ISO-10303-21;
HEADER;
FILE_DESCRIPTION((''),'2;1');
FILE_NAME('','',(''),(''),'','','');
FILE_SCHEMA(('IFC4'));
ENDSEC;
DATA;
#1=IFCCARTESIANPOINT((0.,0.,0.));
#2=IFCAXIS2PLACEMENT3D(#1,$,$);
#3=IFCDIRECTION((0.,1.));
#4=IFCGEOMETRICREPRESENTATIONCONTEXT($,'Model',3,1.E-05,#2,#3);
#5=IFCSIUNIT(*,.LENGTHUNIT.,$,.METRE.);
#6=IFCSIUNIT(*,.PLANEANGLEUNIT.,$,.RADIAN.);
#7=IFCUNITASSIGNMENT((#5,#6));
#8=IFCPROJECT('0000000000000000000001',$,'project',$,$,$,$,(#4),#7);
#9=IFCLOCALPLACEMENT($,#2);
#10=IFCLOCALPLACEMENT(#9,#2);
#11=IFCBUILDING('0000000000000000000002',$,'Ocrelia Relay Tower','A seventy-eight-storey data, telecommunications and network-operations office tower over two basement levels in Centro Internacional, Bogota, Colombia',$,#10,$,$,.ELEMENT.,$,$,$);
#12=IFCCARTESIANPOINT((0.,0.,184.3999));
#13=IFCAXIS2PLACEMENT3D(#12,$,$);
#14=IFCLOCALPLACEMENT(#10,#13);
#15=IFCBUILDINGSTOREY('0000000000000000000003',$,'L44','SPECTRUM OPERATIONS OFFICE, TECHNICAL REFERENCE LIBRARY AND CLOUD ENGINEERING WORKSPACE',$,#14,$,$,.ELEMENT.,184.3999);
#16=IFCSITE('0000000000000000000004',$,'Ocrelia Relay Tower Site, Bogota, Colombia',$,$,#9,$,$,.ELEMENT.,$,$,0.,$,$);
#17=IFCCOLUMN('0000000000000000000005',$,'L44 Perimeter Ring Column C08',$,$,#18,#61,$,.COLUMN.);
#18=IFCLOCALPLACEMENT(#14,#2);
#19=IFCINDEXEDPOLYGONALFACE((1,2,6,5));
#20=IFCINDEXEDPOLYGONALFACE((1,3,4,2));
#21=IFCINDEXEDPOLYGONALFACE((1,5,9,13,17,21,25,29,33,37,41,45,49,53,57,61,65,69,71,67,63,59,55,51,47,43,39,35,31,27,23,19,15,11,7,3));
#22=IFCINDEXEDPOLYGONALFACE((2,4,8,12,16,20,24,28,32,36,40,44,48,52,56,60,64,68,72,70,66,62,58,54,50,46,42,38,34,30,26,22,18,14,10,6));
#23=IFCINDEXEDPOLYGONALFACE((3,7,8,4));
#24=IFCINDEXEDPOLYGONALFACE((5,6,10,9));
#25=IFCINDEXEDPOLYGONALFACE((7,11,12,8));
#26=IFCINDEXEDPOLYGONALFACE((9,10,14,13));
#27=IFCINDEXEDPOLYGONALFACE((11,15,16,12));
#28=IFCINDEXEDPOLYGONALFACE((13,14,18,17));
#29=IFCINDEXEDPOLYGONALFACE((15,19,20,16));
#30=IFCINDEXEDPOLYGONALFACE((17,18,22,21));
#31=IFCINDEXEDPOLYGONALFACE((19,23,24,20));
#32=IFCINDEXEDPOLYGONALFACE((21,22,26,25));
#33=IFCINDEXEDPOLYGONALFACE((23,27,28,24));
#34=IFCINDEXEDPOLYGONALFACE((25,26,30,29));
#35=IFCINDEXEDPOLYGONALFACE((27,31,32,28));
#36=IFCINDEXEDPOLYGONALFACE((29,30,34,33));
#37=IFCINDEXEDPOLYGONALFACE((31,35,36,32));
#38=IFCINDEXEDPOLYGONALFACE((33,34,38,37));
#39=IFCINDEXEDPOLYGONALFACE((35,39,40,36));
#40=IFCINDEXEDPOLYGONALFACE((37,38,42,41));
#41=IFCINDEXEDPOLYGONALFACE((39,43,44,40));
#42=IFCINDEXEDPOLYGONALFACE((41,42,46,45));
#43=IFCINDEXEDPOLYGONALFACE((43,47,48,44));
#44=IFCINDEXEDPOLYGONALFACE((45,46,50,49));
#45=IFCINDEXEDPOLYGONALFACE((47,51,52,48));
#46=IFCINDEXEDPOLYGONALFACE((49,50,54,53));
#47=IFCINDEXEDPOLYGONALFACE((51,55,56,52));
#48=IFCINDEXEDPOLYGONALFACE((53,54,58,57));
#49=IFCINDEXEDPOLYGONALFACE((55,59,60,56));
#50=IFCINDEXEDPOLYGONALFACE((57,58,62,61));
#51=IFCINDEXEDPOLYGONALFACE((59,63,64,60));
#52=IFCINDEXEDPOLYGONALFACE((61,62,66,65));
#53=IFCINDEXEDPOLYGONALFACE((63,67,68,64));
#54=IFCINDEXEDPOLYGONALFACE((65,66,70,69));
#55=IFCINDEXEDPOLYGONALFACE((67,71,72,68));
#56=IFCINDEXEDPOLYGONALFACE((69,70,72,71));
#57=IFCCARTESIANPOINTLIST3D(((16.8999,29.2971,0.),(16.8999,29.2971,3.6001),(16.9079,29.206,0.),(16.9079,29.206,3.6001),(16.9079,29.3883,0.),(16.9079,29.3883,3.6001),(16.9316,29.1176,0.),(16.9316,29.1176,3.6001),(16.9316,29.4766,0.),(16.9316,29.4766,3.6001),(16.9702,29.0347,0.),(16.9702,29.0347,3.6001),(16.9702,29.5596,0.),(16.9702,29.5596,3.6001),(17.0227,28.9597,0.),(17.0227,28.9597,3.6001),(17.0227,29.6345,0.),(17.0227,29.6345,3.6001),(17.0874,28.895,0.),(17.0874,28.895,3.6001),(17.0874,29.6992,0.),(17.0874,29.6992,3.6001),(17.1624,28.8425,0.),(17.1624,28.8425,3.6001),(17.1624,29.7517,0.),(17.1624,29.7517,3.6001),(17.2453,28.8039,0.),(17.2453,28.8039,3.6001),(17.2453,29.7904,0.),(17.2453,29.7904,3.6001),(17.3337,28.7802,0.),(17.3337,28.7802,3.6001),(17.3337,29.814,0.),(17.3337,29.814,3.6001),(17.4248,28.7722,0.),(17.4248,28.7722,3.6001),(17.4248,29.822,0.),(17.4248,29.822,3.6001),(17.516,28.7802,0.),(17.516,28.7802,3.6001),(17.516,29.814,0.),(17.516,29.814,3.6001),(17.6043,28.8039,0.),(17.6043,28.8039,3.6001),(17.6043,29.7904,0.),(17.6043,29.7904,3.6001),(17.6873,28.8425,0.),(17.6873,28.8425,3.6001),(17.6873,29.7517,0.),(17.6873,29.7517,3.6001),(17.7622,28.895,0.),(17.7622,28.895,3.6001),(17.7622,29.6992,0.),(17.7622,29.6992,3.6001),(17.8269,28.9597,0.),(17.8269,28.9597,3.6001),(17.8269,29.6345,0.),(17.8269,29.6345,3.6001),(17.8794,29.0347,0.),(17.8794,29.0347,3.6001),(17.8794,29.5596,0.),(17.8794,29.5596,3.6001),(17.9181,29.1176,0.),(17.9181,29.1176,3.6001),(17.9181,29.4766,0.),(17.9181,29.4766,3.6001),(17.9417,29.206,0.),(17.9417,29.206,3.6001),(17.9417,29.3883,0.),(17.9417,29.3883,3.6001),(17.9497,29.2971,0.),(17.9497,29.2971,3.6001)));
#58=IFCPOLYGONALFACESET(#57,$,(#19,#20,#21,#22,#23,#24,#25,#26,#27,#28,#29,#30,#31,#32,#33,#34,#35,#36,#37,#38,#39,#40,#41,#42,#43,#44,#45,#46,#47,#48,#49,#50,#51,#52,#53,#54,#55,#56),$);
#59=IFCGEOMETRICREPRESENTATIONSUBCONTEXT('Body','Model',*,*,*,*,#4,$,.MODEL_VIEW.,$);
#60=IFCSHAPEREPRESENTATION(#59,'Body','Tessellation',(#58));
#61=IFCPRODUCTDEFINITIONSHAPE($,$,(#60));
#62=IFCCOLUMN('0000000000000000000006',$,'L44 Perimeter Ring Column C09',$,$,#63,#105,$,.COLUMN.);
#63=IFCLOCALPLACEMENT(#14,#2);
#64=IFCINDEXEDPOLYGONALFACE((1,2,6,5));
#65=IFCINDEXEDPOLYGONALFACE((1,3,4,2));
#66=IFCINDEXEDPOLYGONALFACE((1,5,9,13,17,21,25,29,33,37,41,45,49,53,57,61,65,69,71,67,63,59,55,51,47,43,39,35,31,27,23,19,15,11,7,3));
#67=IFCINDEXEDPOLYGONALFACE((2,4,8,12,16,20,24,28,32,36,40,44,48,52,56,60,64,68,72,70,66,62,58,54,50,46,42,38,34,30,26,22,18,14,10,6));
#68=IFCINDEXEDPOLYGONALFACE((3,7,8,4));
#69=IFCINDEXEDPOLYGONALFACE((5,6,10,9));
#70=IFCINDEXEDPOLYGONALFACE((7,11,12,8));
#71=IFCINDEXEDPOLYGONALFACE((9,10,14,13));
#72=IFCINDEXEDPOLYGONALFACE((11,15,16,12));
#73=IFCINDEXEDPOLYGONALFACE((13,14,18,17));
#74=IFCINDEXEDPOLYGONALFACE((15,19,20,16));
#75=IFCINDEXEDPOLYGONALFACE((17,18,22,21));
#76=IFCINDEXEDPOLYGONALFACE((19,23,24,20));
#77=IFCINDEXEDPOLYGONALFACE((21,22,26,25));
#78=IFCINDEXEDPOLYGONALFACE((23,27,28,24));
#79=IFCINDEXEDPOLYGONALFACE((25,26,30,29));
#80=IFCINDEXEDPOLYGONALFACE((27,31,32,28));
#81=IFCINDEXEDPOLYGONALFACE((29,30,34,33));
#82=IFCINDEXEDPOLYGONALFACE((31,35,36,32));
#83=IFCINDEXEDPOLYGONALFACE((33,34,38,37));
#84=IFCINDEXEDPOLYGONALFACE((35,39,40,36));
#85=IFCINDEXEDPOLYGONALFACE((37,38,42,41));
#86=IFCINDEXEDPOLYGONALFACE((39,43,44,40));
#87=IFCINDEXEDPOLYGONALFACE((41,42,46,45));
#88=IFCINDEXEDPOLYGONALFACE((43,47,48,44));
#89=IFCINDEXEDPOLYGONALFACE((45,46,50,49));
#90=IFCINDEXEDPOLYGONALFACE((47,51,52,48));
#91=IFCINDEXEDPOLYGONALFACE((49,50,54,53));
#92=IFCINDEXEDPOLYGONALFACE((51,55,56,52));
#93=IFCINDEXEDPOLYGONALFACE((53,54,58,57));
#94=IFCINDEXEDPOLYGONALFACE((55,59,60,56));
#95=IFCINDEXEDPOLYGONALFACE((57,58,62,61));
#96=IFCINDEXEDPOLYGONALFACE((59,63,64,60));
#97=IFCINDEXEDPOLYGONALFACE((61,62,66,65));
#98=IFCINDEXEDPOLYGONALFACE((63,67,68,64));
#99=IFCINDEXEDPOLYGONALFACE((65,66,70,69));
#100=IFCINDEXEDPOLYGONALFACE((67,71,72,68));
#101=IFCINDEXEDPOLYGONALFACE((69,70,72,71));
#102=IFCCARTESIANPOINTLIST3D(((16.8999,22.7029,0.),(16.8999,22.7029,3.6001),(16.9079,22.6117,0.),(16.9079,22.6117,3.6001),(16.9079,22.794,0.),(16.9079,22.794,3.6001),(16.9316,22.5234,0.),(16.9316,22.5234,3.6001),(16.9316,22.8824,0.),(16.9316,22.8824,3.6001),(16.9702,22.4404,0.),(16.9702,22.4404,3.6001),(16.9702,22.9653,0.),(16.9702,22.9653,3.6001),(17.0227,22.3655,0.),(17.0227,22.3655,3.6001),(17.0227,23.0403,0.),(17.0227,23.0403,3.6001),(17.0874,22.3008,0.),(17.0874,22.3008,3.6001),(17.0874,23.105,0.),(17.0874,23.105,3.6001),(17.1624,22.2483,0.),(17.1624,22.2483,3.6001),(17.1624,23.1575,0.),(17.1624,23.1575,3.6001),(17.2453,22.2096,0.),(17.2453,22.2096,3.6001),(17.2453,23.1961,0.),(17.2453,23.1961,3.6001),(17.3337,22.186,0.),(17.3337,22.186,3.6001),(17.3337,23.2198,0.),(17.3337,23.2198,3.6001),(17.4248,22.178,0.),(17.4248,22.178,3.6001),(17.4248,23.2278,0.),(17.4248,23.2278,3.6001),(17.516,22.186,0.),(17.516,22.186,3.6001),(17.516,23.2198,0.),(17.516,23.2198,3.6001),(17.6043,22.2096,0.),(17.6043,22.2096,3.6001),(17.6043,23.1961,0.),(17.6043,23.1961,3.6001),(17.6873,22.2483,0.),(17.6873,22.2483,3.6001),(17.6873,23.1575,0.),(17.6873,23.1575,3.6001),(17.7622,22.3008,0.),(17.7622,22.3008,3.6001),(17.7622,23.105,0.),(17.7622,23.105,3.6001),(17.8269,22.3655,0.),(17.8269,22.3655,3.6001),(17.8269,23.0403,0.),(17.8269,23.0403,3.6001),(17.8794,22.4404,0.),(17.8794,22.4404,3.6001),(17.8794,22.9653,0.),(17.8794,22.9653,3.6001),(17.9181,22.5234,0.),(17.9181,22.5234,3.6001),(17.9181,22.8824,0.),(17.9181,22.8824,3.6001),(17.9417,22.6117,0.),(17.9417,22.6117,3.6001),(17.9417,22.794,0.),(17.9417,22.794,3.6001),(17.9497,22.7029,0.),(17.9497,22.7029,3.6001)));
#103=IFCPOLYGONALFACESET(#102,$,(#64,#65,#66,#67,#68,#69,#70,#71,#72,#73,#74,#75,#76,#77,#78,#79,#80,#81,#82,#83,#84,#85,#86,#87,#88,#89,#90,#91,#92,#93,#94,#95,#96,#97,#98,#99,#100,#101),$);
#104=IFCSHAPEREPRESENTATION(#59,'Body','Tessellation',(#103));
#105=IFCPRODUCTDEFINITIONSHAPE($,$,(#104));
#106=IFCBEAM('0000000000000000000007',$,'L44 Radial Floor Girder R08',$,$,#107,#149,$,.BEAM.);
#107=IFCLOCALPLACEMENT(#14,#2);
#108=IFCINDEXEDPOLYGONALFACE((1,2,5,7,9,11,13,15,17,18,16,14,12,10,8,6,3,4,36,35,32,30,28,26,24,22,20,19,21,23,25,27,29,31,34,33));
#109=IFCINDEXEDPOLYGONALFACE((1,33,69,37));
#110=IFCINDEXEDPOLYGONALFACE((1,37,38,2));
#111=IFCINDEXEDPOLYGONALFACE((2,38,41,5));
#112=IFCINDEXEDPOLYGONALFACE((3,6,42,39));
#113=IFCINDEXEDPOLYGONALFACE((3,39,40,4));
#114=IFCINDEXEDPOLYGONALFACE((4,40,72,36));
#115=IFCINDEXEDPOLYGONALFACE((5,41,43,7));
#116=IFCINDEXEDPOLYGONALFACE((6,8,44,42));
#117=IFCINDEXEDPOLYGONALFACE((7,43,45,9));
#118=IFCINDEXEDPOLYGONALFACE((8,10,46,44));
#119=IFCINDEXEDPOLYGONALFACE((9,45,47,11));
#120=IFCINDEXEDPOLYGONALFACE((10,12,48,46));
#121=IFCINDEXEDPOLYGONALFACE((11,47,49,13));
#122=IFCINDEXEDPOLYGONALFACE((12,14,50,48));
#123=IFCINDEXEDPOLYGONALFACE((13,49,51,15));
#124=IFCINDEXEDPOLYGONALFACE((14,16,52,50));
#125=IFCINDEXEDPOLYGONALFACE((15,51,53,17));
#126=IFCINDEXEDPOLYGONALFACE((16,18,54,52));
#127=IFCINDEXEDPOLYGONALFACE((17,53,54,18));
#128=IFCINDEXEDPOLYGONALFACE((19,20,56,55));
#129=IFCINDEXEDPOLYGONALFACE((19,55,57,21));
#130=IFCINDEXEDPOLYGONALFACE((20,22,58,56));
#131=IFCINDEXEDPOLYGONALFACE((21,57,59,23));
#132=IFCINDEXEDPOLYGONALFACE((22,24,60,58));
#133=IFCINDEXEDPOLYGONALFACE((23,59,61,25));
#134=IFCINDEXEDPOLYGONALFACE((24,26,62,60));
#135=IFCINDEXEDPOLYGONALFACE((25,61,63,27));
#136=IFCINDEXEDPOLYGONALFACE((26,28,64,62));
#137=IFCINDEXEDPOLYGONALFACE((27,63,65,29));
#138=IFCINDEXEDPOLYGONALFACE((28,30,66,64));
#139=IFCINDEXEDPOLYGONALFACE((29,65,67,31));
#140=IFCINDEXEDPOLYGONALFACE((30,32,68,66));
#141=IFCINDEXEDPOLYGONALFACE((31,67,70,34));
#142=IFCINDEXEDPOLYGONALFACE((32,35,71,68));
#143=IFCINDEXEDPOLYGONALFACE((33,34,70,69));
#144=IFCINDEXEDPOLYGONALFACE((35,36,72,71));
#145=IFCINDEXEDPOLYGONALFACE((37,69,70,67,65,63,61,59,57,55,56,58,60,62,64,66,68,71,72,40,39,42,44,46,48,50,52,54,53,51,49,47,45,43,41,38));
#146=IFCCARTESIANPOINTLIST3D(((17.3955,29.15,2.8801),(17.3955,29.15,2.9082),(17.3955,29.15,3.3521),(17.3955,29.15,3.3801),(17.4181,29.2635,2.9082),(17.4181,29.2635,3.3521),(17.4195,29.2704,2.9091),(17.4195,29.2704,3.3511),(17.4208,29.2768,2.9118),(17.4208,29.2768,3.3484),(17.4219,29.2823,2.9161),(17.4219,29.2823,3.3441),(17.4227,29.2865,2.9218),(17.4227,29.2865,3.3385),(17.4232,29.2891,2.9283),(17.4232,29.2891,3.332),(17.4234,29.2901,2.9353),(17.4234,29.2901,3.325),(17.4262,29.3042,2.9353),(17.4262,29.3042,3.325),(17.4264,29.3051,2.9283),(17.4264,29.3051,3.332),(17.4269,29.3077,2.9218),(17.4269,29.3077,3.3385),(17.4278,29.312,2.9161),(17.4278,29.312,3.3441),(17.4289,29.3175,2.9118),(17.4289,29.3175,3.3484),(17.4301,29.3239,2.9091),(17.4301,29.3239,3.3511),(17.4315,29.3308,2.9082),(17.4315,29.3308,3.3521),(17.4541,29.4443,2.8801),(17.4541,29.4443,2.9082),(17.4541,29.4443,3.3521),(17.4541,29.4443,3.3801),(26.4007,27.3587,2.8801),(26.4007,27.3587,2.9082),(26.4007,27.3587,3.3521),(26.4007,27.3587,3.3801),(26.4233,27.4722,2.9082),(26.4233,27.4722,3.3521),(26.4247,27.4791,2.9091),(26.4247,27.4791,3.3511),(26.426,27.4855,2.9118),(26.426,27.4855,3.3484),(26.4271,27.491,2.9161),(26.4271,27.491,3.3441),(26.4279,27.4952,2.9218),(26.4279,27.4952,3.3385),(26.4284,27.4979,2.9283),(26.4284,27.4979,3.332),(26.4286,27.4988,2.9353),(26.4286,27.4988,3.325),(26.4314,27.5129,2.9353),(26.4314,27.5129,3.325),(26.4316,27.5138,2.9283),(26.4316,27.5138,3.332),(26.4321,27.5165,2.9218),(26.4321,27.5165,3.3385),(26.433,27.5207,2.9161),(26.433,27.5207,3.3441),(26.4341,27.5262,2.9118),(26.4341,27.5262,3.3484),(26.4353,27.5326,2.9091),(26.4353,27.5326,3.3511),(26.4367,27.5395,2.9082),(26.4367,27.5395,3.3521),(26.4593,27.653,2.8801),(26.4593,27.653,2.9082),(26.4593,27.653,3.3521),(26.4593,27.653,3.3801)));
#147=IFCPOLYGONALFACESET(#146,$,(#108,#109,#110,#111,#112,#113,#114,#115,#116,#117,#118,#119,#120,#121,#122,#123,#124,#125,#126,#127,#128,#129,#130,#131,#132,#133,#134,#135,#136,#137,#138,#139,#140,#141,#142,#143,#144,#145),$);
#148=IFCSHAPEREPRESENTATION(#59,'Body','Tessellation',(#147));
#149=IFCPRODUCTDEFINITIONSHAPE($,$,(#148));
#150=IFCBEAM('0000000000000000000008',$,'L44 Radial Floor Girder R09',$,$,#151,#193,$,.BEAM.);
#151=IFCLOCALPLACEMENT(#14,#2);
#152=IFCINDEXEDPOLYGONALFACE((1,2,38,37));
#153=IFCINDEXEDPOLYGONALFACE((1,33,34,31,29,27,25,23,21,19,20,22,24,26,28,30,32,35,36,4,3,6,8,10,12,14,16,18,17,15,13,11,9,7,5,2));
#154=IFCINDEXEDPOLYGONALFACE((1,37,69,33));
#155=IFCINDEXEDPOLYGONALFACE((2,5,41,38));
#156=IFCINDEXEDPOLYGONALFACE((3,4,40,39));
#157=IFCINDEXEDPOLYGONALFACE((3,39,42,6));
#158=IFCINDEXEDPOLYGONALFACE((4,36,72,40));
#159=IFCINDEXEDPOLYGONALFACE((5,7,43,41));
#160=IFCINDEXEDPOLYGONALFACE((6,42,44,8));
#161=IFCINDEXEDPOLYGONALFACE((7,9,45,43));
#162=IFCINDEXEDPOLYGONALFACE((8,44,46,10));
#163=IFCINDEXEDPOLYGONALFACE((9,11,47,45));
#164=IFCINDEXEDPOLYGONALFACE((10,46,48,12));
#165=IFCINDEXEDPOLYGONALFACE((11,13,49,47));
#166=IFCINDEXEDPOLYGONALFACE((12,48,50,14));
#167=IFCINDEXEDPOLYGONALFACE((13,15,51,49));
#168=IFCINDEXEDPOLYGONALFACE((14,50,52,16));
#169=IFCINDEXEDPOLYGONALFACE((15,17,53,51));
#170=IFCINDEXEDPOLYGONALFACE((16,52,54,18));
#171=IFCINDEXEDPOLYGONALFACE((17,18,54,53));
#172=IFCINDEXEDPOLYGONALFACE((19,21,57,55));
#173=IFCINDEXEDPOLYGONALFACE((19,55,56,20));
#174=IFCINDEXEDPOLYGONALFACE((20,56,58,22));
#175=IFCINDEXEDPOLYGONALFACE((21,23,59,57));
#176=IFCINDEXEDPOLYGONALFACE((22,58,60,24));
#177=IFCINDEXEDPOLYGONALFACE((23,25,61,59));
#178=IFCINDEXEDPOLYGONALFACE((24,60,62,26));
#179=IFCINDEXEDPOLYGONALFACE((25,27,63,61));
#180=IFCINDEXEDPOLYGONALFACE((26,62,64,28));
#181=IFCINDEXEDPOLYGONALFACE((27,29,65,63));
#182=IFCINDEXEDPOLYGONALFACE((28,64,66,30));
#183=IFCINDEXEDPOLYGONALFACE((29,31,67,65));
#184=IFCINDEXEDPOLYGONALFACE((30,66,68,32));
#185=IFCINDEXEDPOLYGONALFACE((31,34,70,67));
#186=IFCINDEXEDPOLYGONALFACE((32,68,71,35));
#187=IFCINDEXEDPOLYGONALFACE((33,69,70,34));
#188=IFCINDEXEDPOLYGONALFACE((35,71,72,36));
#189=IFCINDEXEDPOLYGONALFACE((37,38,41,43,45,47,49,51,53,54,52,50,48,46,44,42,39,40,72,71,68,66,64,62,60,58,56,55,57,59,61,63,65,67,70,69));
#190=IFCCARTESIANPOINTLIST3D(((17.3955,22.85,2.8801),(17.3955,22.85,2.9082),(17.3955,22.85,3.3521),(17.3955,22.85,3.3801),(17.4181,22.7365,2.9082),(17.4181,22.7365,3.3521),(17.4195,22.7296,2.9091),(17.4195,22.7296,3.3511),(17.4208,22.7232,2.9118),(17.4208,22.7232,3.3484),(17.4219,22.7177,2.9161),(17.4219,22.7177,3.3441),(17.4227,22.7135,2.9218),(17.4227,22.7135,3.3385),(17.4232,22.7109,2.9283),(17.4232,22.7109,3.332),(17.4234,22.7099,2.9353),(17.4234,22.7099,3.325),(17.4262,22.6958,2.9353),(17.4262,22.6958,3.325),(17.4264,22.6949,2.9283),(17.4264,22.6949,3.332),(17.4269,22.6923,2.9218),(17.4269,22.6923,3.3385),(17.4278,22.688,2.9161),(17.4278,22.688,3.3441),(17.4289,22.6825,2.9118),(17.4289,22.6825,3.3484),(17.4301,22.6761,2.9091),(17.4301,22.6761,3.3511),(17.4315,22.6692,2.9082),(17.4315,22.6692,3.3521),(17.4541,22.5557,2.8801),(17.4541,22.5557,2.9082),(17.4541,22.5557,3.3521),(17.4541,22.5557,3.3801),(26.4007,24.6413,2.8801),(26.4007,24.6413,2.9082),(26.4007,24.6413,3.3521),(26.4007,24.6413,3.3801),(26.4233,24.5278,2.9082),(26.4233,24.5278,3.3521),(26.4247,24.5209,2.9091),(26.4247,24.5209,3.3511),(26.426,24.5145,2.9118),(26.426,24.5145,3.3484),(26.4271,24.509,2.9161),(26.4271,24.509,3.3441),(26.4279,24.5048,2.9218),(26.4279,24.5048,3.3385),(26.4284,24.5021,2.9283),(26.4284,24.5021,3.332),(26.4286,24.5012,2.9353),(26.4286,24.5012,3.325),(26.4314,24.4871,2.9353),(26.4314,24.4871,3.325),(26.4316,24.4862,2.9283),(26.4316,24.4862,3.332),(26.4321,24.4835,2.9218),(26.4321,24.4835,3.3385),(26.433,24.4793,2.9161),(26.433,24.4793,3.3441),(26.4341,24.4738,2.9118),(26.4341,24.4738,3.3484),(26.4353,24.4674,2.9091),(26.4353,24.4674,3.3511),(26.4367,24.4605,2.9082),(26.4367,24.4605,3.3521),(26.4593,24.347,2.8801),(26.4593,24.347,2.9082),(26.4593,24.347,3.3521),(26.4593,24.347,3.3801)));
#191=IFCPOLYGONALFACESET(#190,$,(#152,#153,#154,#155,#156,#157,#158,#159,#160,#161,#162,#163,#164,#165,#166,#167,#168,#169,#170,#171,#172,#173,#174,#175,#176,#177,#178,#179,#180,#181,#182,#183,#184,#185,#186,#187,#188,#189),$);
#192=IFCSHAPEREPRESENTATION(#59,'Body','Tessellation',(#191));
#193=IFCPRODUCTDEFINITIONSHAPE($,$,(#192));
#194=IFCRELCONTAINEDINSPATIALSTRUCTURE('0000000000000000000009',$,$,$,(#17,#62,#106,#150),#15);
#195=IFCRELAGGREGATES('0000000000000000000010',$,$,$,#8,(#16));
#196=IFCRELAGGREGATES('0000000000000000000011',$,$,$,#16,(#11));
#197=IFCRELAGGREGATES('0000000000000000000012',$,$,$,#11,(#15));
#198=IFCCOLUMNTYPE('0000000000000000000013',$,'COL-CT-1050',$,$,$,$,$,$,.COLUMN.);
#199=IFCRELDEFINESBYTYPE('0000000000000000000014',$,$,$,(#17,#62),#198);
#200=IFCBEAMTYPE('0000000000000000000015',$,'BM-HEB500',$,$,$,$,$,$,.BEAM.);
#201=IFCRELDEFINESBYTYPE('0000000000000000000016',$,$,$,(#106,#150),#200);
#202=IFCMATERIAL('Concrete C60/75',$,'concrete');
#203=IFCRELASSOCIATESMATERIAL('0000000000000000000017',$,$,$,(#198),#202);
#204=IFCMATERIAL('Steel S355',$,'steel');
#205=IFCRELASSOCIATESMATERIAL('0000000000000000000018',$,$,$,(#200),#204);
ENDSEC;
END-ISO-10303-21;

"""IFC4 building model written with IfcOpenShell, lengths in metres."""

from ifc_helpers import new_model, si_unit, direction, frame, origin, origin_2d, place, context, subcontext, project, spatial, circle, i_section, extrude, material, material_profile, profile_set, type_object, element, save


model = new_model("IFC4")

# Units and contexts
model_context = context("Model", 3, precision=1e-05, world=origin(), true_north=direction((0.0, 1.0)))
body_context = subcontext(model_context, "Body", "Model", "MODEL_VIEW")
ifc_project = project(units=[si_unit("LENGTHUNIT", "METRE"), si_unit("PLANEANGLEUNIT", "RADIAN")], contexts=[model_context])

# Site, building, storey
site_placement = place(None, origin())
site = spatial("IfcSite", under=ifc_project, at=site_placement, Name="Ocrelia Relay Tower Site, Bogota, Colombia", CompositionType="ELEMENT", RefElevation=0.0)
building_placement = place(site_placement, origin())
building = spatial("IfcBuilding", under=site, at=building_placement, Name="Ocrelia Relay Tower", Description="A seventy-eight-storey data, telecommunications and network-operations office tower over two basement levels in Centro Internacional, Bogota, Colombia", CompositionType="ELEMENT")
storey_placement = place(building_placement, frame((0.0, 0.0, 184.3999)))
storey = spatial("IfcBuildingStorey", under=building, at=storey_placement, Name="L44", Description="SPECTRUM OPERATIONS OFFICE, TECHNICAL REFERENCE LIBRARY AND CLOUD ENGINEERING WORKSPACE", CompositionType="ELEMENT", Elevation=184.3999)

# Columns
ifc_material_1 = material(Name="Concrete C60/75", Category="concrete")
ifc_material_profile_1 = material_profile(ifc_material_1, circle(Radius=0.5249, at=origin_2d()), Name="RC-CIR-1050")
ifc_profile_set_1 = profile_set([ifc_material_profile_1], Name="Concrete C60/75")
column_type = type_object("IfcColumnType", Name="COL-CT-1050", PredefinedType="COLUMN", material=ifc_profile_set_1)
for number, where, z_axis, x_axis, name in (
    (1, (17.4248, 29.2971, 0.0), (0.0, 0.0, 1.0), (1.0, 0.0, 0.0), "L44 Perimeter Ring Column C08"),
    (2, (17.4248, 22.7029, 0.0), (0.0, 0.0, 1.0), (1.0, 0.0, 0.0), "L44 Perimeter Ring Column C09"),
):
    element("IfcColumn", number, at=place(storey_placement, frame(where, z_axis=z_axis, x_axis=x_axis)), inside=storey, type_object=column_type, Name=name, PredefinedType="COLUMN", context=body_context, shape_type="SweptSolid", body=[
        extrude(circle(Radius=0.5249, at=origin_2d()), origin(), (0.0, 0.0, 1.0), 3.6001),
    ])

# Beams
ifc_material_2 = material(Name="Steel S355", Category="steel")
ifc_material_profile_2 = material_profile(ifc_material_2, i_section(OverallWidth=0.3, OverallDepth=0.5, WebThickness=0.0144, FlangeThickness=0.0281, FilletRadius=0.0271, at=origin_2d()), Name="HEB 500")
ifc_profile_set_2 = profile_set([ifc_material_profile_2], Name="Steel S355")
beam_type_1 = type_object("IfcBeamType", Name="BM-HEB500", PredefinedType="BEAM", material=ifc_profile_set_2)
for number, where, z_axis, x_axis, name in (
    (3, (17.4248, 29.2971, 3.1301), (0.980785, -0.195093, 0.0), (0.195093, 0.980785, 0.0), "L44 Radial Floor Girder R08"),
    (4, (17.4248, 22.7029, 3.1301), (0.980785, 0.195093, 0.0), (-0.195093, 0.980785, 0.0), "L44 Radial Floor Girder R09"),
):
    element("IfcBeam", number, at=place(storey_placement, frame(where, z_axis=z_axis, x_axis=x_axis)), inside=storey, type_object=beam_type_1, Name=name, PredefinedType="BEAM", context=body_context, shape_type="SweptSolid", body=[
        extrude(i_section(OverallWidth=0.3, OverallDepth=0.5, WebThickness=0.0144, FlangeThickness=0.0281, FilletRadius=0.0271, at=origin_2d()), origin(), (0.0, 0.0, 1.0), 9.1816),
    ])

save(model, "model.ifc")
